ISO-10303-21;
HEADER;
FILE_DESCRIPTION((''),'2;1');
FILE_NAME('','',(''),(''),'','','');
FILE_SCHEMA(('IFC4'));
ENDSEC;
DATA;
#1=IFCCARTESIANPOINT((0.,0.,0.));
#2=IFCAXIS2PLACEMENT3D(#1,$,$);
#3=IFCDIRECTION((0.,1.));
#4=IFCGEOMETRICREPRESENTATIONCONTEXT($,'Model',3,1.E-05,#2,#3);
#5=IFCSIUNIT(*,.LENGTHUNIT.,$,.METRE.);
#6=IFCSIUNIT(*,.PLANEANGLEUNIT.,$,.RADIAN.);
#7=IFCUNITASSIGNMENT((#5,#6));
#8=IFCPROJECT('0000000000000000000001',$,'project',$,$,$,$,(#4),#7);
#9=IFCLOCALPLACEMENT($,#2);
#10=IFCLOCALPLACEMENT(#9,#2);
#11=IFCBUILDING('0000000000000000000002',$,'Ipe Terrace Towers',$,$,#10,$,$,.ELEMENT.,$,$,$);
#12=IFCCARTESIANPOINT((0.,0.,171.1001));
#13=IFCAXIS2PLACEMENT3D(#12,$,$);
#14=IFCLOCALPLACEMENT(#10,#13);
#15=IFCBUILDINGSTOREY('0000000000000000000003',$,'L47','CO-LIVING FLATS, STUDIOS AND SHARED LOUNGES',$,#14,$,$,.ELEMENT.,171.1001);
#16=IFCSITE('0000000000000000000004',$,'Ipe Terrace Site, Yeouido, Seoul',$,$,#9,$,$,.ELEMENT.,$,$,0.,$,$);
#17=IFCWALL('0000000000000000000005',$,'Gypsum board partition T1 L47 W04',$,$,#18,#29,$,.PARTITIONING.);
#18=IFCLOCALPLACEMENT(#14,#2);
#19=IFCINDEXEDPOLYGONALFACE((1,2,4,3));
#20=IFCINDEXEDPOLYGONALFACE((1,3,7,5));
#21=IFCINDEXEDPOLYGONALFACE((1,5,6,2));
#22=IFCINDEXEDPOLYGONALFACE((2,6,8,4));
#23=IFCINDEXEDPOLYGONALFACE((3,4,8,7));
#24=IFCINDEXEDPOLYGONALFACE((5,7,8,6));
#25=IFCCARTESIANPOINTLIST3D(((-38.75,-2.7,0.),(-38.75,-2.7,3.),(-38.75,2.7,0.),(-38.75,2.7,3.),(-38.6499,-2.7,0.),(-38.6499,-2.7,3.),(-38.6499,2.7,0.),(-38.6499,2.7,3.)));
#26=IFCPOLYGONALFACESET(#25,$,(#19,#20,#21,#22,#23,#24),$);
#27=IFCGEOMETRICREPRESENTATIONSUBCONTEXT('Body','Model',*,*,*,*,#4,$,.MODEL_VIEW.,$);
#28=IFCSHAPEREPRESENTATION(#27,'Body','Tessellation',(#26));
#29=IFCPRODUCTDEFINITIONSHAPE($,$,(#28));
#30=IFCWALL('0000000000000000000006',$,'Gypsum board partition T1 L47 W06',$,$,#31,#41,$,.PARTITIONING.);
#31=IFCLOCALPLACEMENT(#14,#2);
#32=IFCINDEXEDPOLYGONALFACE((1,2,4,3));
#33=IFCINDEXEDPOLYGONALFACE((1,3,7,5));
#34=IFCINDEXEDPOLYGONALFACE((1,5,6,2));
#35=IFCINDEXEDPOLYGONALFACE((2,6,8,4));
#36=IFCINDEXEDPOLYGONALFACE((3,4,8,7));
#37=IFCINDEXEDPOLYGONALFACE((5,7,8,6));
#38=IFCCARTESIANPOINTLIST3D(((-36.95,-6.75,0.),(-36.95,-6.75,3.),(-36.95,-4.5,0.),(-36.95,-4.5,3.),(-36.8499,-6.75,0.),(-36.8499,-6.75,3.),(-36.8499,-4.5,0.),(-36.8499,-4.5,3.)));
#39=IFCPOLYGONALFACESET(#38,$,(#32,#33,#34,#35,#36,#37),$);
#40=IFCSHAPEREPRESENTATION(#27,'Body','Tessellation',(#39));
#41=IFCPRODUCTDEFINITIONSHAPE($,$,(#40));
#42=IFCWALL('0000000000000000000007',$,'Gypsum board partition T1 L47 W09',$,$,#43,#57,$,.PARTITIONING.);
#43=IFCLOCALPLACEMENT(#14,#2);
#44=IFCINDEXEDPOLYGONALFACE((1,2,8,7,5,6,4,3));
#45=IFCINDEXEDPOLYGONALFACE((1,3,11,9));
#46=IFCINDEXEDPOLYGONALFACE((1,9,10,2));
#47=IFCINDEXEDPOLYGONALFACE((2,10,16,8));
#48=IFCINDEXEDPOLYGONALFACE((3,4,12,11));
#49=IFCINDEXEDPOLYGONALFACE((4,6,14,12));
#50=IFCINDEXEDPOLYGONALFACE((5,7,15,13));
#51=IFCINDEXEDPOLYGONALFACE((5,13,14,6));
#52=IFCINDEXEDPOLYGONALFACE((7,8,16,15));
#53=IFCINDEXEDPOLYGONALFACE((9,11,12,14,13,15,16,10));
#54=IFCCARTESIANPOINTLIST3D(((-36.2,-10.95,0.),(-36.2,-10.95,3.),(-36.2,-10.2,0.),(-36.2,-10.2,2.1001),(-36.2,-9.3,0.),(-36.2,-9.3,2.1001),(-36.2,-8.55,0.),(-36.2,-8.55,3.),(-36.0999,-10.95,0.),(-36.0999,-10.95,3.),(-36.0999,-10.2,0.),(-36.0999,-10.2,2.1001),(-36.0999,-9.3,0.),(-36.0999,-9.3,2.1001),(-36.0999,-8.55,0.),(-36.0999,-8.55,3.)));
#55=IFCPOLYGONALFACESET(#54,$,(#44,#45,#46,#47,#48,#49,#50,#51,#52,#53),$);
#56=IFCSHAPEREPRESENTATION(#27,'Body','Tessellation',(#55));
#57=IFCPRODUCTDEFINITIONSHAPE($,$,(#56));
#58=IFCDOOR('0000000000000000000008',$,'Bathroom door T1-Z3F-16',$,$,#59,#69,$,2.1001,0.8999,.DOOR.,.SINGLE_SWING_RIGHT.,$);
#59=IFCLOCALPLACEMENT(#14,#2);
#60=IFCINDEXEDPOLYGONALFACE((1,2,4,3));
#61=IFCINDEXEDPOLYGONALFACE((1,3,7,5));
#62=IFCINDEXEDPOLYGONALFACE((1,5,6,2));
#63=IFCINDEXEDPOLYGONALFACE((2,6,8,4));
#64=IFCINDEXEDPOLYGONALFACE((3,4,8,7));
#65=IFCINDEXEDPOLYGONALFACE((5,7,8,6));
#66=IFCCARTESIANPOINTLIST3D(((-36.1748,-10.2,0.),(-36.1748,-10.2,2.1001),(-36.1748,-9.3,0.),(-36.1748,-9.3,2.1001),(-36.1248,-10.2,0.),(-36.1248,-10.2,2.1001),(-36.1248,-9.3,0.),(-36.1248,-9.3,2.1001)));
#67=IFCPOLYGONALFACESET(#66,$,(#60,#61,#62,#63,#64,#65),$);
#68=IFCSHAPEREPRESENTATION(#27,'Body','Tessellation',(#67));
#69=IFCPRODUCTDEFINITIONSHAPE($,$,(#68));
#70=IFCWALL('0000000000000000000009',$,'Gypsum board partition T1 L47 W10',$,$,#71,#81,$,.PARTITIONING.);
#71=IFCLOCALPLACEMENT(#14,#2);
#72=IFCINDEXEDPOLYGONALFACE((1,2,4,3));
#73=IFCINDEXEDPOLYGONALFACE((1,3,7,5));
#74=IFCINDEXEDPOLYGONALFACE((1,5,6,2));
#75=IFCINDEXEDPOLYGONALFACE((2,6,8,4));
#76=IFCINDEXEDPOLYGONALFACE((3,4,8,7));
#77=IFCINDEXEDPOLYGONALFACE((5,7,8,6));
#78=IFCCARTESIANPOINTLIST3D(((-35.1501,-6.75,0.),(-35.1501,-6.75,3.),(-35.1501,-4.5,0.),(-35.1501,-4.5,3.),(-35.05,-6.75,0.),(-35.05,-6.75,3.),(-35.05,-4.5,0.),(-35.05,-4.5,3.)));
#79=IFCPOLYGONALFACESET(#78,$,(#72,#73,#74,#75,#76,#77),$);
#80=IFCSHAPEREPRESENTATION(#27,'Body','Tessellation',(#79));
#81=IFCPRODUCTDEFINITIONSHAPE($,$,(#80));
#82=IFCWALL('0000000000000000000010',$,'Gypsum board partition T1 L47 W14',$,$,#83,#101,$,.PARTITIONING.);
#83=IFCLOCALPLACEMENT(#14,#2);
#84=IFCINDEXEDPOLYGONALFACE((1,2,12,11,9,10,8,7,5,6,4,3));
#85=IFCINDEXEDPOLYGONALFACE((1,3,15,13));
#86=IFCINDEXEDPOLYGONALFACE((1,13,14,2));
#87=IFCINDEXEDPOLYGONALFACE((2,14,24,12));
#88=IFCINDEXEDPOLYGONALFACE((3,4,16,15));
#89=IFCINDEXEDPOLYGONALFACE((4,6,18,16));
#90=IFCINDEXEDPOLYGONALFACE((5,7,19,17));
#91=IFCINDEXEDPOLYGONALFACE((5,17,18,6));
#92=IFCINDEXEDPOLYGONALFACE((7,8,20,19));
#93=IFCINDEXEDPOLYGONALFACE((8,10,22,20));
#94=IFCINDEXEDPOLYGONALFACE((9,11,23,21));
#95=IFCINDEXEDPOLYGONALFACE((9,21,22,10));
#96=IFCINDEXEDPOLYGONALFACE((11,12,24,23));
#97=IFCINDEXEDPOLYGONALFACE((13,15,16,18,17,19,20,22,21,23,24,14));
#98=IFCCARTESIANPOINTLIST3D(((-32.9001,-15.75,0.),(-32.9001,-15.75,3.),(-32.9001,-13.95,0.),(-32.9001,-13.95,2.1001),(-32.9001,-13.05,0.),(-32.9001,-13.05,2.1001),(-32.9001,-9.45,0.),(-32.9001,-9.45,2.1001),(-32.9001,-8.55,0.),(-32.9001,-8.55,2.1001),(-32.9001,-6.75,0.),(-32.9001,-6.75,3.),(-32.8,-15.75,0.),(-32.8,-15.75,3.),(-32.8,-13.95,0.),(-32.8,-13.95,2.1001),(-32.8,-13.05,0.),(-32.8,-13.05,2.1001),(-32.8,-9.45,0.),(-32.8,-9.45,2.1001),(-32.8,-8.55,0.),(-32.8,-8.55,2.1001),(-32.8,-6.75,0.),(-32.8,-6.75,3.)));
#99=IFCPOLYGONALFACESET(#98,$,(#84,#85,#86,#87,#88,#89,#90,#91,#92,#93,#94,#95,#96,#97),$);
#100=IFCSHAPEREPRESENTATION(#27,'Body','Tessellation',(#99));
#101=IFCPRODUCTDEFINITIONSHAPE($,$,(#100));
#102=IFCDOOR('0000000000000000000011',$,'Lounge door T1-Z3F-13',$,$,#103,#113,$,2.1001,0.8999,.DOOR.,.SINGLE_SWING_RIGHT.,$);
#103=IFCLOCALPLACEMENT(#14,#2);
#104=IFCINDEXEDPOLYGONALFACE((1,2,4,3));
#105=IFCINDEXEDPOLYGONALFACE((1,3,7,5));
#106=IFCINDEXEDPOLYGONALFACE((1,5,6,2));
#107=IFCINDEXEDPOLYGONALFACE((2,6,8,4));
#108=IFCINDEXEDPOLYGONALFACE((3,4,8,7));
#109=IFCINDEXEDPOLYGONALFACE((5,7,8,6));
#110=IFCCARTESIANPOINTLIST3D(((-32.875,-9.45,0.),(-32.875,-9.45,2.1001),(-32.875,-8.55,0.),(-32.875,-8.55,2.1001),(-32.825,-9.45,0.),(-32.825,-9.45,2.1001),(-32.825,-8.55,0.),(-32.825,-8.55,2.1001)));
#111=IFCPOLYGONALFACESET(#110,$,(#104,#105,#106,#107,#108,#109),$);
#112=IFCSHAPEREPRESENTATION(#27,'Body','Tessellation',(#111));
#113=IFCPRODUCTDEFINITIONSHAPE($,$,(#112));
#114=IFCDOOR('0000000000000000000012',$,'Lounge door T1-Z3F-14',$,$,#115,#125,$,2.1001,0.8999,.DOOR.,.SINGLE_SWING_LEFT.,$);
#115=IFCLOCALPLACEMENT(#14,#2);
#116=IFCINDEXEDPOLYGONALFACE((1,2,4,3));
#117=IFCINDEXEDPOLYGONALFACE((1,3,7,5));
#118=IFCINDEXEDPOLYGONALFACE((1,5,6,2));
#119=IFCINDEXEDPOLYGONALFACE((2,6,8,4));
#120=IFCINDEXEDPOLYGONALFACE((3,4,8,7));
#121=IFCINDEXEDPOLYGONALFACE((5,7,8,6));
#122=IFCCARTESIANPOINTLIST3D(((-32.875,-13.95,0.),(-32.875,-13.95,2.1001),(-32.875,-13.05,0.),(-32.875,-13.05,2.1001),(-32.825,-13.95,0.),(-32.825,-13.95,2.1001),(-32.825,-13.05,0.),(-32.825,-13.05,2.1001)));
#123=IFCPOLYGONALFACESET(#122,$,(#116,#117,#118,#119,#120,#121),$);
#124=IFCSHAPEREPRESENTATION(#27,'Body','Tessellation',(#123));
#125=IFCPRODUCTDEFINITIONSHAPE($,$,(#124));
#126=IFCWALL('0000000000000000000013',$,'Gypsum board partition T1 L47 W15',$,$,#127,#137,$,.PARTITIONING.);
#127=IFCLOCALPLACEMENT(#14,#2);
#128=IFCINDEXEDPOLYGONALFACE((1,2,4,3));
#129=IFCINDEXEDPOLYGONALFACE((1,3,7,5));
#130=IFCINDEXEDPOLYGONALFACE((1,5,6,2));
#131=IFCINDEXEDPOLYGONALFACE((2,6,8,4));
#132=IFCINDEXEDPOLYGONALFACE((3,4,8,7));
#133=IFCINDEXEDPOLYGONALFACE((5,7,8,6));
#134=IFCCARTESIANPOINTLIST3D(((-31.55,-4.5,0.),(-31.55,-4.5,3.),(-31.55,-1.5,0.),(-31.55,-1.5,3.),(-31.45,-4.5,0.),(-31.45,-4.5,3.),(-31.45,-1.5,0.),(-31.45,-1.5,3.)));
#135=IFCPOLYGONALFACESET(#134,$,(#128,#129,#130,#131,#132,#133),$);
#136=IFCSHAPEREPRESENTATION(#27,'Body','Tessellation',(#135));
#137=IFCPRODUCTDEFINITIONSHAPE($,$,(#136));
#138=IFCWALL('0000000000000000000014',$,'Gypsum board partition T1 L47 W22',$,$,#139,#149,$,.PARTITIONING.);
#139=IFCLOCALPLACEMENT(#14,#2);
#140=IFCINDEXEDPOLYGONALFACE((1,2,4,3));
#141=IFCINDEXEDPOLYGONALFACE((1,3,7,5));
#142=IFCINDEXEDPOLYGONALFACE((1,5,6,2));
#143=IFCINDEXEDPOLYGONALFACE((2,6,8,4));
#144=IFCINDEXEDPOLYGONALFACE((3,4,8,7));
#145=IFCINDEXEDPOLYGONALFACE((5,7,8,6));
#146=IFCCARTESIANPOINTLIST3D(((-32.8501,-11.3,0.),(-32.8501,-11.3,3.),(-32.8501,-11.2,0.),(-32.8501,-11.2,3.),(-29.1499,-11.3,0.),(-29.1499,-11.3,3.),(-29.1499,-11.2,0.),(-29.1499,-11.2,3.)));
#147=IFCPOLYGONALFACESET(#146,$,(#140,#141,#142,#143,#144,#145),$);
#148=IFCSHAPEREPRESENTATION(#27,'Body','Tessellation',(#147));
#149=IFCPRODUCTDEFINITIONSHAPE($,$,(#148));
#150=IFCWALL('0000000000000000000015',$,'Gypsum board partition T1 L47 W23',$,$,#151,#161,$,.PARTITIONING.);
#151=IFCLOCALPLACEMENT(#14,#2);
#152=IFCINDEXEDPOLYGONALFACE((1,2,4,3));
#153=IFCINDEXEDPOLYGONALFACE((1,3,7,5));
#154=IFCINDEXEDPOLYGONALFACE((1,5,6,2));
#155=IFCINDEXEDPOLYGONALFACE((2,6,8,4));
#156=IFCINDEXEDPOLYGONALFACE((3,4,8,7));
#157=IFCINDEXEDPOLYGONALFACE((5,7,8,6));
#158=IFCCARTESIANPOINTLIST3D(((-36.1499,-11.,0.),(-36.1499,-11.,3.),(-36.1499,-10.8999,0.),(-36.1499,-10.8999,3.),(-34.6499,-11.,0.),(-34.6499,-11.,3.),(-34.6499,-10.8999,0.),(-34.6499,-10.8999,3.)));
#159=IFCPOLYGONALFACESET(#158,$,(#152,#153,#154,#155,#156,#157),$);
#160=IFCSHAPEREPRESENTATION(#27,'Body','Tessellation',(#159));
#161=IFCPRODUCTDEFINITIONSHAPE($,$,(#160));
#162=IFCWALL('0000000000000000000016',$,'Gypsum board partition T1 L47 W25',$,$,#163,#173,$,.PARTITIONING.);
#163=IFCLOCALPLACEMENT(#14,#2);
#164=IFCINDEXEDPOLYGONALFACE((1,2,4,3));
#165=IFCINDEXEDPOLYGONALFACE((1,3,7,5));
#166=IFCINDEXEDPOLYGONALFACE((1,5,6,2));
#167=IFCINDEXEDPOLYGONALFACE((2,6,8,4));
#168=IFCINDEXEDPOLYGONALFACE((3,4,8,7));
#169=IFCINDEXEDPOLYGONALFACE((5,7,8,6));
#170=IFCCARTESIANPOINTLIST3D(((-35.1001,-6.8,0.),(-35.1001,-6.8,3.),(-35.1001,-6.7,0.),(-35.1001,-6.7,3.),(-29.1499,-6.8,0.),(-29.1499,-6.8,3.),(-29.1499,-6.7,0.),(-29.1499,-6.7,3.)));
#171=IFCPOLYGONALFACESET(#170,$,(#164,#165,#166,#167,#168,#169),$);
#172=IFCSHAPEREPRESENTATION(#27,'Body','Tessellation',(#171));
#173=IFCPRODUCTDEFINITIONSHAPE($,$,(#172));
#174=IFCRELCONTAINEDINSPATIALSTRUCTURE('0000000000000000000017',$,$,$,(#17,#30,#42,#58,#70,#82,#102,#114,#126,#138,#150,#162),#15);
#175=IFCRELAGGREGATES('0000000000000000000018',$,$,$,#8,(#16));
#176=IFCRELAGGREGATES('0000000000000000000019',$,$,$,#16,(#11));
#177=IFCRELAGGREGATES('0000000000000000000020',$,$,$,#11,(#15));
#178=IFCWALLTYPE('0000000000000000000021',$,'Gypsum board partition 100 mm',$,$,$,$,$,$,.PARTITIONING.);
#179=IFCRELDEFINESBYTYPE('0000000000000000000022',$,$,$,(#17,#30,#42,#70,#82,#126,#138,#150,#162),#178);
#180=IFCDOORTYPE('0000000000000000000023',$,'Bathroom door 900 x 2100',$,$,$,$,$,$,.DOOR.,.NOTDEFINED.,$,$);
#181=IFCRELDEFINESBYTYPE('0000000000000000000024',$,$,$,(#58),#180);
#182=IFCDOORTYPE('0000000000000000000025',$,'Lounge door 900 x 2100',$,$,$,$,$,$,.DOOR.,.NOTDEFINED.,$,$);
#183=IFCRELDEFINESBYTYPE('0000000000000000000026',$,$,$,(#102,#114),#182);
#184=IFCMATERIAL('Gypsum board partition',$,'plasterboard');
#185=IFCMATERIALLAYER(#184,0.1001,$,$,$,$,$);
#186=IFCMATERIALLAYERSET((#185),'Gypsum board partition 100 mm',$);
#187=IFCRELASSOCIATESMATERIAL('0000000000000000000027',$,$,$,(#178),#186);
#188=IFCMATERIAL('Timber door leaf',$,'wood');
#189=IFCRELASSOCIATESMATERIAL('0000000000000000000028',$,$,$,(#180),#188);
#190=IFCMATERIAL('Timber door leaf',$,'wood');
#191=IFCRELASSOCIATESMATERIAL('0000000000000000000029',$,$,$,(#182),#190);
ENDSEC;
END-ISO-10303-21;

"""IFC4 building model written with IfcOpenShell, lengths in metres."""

from ifc_helpers import new_model, si_unit, direction, frame, frame_2d, origin, place, context, subcontext, project, spatial, rectangle, extrude, material, layer, layer_set, type_object, element, fill, save


model = new_model("IFC4")

# Units and contexts
model_context = context("Model", 3, precision=1e-05, world=origin(), true_north=direction((0.0, 1.0)))
body_context = subcontext(model_context, "Body", "Model", "MODEL_VIEW")
ifc_project = project(units=[si_unit("LENGTHUNIT", "METRE"), si_unit("PLANEANGLEUNIT", "RADIAN")], contexts=[model_context])

# Site, building, storey
site_placement = place(None, origin())
site = spatial("IfcSite", under=ifc_project, at=site_placement, Name="Ipe Terrace Site, Yeouido, Seoul", CompositionType="ELEMENT", RefElevation=0.0)
building_placement = place(site_placement, origin())
building = spatial("IfcBuilding", under=site, at=building_placement, Name="Ipe Terrace Towers", CompositionType="ELEMENT")
storey_placement = place(building_placement, frame((0.0, 0.0, 171.1001)))
storey = spatial("IfcBuildingStorey", under=building, at=storey_placement, Name="L47", Description="CO-LIVING FLATS, STUDIOS AND SHARED LOUNGES", CompositionType="ELEMENT", Elevation=171.1001)

# Walls
ifc_material_1 = material(Name="Gypsum board partition", Category="plasterboard")
ifc_layer_1 = layer(ifc_material_1, 0.1001)
ifc_layer_set_1 = layer_set([ifc_layer_1], Name="Gypsum board partition 100 mm")
wall_type_1 = type_object("IfcWallType", Name="Gypsum board partition 100 mm", PredefinedType="PARTITIONING", material=ifc_layer_set_1)
wall_1_placement = place(storey_placement, frame((-38.7, -2.7, 0.0), z_axis=(0.0, 0.0, 1.0), x_axis=(0.0, 1.0, 0.0)))
element("IfcWall", 1, at=wall_1_placement, inside=storey, type_object=wall_type_1, Name="Gypsum board partition T1 L47 W04", PredefinedType="PARTITIONING", context=body_context, shape_type="SweptSolid", body=[
    extrude(rectangle(XDim=5.3999, YDim=0.1001, at=frame_2d((2.7, 0.0))), origin(), (0.0, 0.0, 1.0), 3.0),
])
wall_2_placement = place(storey_placement, frame((-36.8999, -6.75, 0.0), z_axis=(0.0, 0.0, 1.0), x_axis=(0.0, 1.0, 0.0)))
element("IfcWall", 2, at=wall_2_placement, inside=storey, type_object=wall_type_1, Name="Gypsum board partition T1 L47 W06", PredefinedType="PARTITIONING", context=body_context, shape_type="SweptSolid", body=[
    extrude(rectangle(XDim=2.25, YDim=0.1001, at=frame_2d((1.125, 0.0))), origin(), (0.0, 0.0, 1.0), 3.0),
])

# Wall, opening, door
wall_3_placement = place(storey_placement, frame((-36.1499, -10.95, 0.0), z_axis=(0.0, 0.0, 1.0), x_axis=(0.0, 1.0, 0.0)))
wall_3 = element("IfcWall", 3, at=wall_3_placement, inside=storey, type_object=wall_type_1, Name="Gypsum board partition T1 L47 W09", PredefinedType="PARTITIONING", context=body_context, shape_type="SweptSolid", body=[
    extrude(rectangle(XDim=2.3999, YDim=0.1001, at=frame_2d((1.2, 0.0))), origin(), (0.0, 0.0, 1.0), 3.0),
])
opening_1_placement = place(wall_3_placement, frame((0.75, 0.0, 0.0)))
opening_1 = element("IfcOpeningElement", 4, at=opening_1_placement, cuts=wall_3, PredefinedType="OPENING", context=body_context, shape_type="SweptSolid", body=[
    extrude(rectangle(XDim=0.8999, YDim=2.1001, at=frame_2d((0.45, 1.05))), frame((0.0, 0.0601, 0.0), z_axis=(0.0, -1.0, 0.0), x_axis=(1.0, 0.0, 0.0)), (0.0, 0.0, 1.0), 0.1201),
])
ifc_material_2 = material(Name="Timber door leaf", Category="wood")
door_type_1 = type_object("IfcDoorType", Name="Bathroom door 900 x 2100", OperationType="NOTDEFINED", PredefinedType="DOOR", material=ifc_material_2)
door_1_placement = place(opening_1_placement, origin())
door_1 = element("IfcDoor", 5, at=door_1_placement, inside=storey, type_object=door_type_1, Name="Bathroom door T1-Z3F-16", OperationType="SINGLE_SWING_RIGHT", OverallHeight=2.1001, OverallWidth=0.8999, PredefinedType="DOOR", context=body_context, shape_type="SweptSolid", body=[
    extrude(rectangle(XDim=0.8999, YDim=2.1001, at=frame_2d((0.45, 1.05))), frame((0.0, 0.0249, 0.0), z_axis=(0.0, -1.0, 0.0), x_axis=(1.0, 0.0, 0.0)), (0.0, 0.0, 1.0), 0.05),
])
fill(opening_1, door_1)

# Wall
wall_4_placement = place(storey_placement, frame((-35.1001, -6.75, 0.0), z_axis=(0.0, 0.0, 1.0), x_axis=(0.0, 1.0, 0.0)))
element("IfcWall", 6, at=wall_4_placement, inside=storey, type_object=wall_type_1, Name="Gypsum board partition T1 L47 W10", PredefinedType="PARTITIONING", context=body_context, shape_type="SweptSolid", body=[
    extrude(rectangle(XDim=2.25, YDim=0.1001, at=frame_2d((1.125, 0.0))), origin(), (0.0, 0.0, 1.0), 3.0),
])

# Wall, openings, doors
wall_5_placement = place(storey_placement, frame((-32.8501, -15.75, 0.0), z_axis=(0.0, 0.0, 1.0), x_axis=(0.0, 1.0, 0.0)))
wall_5 = element("IfcWall", 7, at=wall_5_placement, inside=storey, type_object=wall_type_1, Name="Gypsum board partition T1 L47 W14", PredefinedType="PARTITIONING", context=body_context, shape_type="SweptSolid", body=[
    extrude(rectangle(XDim=9.0, YDim=0.1001, at=frame_2d((4.5, 0.0))), origin(), (0.0, 0.0, 1.0), 3.0),
])
opening_2_placement = place(wall_5_placement, frame((6.3, 0.0, 0.0)))
opening_2 = element("IfcOpeningElement", 8, at=opening_2_placement, cuts=wall_5, PredefinedType="OPENING", context=body_context, shape_type="SweptSolid", body=[
    extrude(rectangle(XDim=0.8999, YDim=2.1001, at=frame_2d((0.45, 1.05))), frame((0.0, 0.0601, 0.0), z_axis=(0.0, -1.0, 0.0), x_axis=(1.0, 0.0, 0.0)), (0.0, 0.0, 1.0), 0.1201),
])
opening_3_placement = place(wall_5_placement, frame((1.8, 0.0, 0.0)))
opening_3 = element("IfcOpeningElement", 9, at=opening_3_placement, cuts=wall_5, PredefinedType="OPENING", context=body_context, shape_type="SweptSolid", body=[
    extrude(rectangle(XDim=0.8999, YDim=2.1001, at=frame_2d((0.45, 1.05))), frame((0.0, 0.0601, 0.0), z_axis=(0.0, -1.0, 0.0), x_axis=(1.0, 0.0, 0.0)), (0.0, 0.0, 1.0), 0.1201),
])
ifc_material_3 = material(Name="Timber door leaf", Category="wood")
door_type_2 = type_object("IfcDoorType", Name="Lounge door 900 x 2100", OperationType="NOTDEFINED", PredefinedType="DOOR", material=ifc_material_3)
door_2_placement = place(opening_2_placement, origin())
door_2 = element("IfcDoor", 10, at=door_2_placement, inside=storey, type_object=door_type_2, Name="Lounge door T1-Z3F-13", OperationType="SINGLE_SWING_RIGHT", OverallHeight=2.1001, OverallWidth=0.8999, PredefinedType="DOOR", context=body_context, shape_type="SweptSolid", body=[
    extrude(rectangle(XDim=0.8999, YDim=2.1001, at=frame_2d((0.45, 1.05))), frame((0.0, 0.0249, 0.0), z_axis=(0.0, -1.0, 0.0), x_axis=(1.0, 0.0, 0.0)), (0.0, 0.0, 1.0), 0.05),
])
fill(opening_2, door_2)
door_3_placement = place(opening_3_placement, origin())
door_3 = element("IfcDoor", 11, at=door_3_placement, inside=storey, type_object=door_type_2, Name="Lounge door T1-Z3F-14", OperationType="SINGLE_SWING_LEFT", OverallHeight=2.1001, OverallWidth=0.8999, PredefinedType="DOOR", context=body_context, shape_type="SweptSolid", body=[
    extrude(rectangle(XDim=0.8999, YDim=2.1001, at=frame_2d((0.45, 1.05))), frame((0.0, 0.0249, 0.0), z_axis=(0.0, -1.0, 0.0), x_axis=(1.0, 0.0, 0.0)), (0.0, 0.0, 1.0), 0.05),
])
fill(opening_3, door_3)

# Walls
wall_6_placement = place(storey_placement, frame((-31.5, -4.5, 0.0), z_axis=(0.0, 0.0, 1.0), x_axis=(0.0, 1.0, 0.0)))
element("IfcWall", 12, at=wall_6_placement, inside=storey, type_object=wall_type_1, Name="Gypsum board partition T1 L47 W15", PredefinedType="PARTITIONING", context=body_context, shape_type="SweptSolid", body=[
    extrude(rectangle(XDim=3.0, YDim=0.1001, at=frame_2d((1.5, 0.0))), origin(), (0.0, 0.0, 1.0), 3.0),
])
wall_7_placement = place(storey_placement, frame((-32.8501, -11.25, 0.0), z_axis=(0.0, 0.0, 1.0), x_axis=(1.0, 0.0, 0.0)))
element("IfcWall", 13, at=wall_7_placement, inside=storey, type_object=wall_type_1, Name="Gypsum board partition T1 L47 W22", PredefinedType="PARTITIONING", context=body_context, shape_type="SweptSolid", body=[
    extrude(rectangle(XDim=3.7002, YDim=0.1001, at=frame_2d((1.8501, 0.0))), origin(), (0.0, 0.0, 1.0), 3.0),
])
wall_8_placement = place(storey_placement, frame((-36.1499, -10.95, 0.0), z_axis=(0.0, 0.0, 1.0), x_axis=(1.0, 0.0, 0.0)))
element("IfcWall", 14, at=wall_8_placement, inside=storey, type_object=wall_type_1, Name="Gypsum board partition T1 L47 W23", PredefinedType="PARTITIONING", context=body_context, shape_type="SweptSolid", body=[
    extrude(rectangle(XDim=1.5, YDim=0.1001, at=frame_2d((0.75, 0.0))), origin(), (0.0, 0.0, 1.0), 3.0),
])
wall_9_placement = place(storey_placement, frame((-35.1001, -6.75, 0.0), z_axis=(0.0, 0.0, 1.0), x_axis=(1.0, 0.0, 0.0)))
element("IfcWall", 15, at=wall_9_placement, inside=storey, type_object=wall_type_1, Name="Gypsum board partition T1 L47 W25", PredefinedType="PARTITIONING", context=body_context, shape_type="SweptSolid", body=[
    extrude(rectangle(XDim=5.9502, YDim=0.1001, at=frame_2d((2.9751, 0.0))), origin(), (0.0, 0.0, 1.0), 3.0),
])

save(model, "model.ifc")
